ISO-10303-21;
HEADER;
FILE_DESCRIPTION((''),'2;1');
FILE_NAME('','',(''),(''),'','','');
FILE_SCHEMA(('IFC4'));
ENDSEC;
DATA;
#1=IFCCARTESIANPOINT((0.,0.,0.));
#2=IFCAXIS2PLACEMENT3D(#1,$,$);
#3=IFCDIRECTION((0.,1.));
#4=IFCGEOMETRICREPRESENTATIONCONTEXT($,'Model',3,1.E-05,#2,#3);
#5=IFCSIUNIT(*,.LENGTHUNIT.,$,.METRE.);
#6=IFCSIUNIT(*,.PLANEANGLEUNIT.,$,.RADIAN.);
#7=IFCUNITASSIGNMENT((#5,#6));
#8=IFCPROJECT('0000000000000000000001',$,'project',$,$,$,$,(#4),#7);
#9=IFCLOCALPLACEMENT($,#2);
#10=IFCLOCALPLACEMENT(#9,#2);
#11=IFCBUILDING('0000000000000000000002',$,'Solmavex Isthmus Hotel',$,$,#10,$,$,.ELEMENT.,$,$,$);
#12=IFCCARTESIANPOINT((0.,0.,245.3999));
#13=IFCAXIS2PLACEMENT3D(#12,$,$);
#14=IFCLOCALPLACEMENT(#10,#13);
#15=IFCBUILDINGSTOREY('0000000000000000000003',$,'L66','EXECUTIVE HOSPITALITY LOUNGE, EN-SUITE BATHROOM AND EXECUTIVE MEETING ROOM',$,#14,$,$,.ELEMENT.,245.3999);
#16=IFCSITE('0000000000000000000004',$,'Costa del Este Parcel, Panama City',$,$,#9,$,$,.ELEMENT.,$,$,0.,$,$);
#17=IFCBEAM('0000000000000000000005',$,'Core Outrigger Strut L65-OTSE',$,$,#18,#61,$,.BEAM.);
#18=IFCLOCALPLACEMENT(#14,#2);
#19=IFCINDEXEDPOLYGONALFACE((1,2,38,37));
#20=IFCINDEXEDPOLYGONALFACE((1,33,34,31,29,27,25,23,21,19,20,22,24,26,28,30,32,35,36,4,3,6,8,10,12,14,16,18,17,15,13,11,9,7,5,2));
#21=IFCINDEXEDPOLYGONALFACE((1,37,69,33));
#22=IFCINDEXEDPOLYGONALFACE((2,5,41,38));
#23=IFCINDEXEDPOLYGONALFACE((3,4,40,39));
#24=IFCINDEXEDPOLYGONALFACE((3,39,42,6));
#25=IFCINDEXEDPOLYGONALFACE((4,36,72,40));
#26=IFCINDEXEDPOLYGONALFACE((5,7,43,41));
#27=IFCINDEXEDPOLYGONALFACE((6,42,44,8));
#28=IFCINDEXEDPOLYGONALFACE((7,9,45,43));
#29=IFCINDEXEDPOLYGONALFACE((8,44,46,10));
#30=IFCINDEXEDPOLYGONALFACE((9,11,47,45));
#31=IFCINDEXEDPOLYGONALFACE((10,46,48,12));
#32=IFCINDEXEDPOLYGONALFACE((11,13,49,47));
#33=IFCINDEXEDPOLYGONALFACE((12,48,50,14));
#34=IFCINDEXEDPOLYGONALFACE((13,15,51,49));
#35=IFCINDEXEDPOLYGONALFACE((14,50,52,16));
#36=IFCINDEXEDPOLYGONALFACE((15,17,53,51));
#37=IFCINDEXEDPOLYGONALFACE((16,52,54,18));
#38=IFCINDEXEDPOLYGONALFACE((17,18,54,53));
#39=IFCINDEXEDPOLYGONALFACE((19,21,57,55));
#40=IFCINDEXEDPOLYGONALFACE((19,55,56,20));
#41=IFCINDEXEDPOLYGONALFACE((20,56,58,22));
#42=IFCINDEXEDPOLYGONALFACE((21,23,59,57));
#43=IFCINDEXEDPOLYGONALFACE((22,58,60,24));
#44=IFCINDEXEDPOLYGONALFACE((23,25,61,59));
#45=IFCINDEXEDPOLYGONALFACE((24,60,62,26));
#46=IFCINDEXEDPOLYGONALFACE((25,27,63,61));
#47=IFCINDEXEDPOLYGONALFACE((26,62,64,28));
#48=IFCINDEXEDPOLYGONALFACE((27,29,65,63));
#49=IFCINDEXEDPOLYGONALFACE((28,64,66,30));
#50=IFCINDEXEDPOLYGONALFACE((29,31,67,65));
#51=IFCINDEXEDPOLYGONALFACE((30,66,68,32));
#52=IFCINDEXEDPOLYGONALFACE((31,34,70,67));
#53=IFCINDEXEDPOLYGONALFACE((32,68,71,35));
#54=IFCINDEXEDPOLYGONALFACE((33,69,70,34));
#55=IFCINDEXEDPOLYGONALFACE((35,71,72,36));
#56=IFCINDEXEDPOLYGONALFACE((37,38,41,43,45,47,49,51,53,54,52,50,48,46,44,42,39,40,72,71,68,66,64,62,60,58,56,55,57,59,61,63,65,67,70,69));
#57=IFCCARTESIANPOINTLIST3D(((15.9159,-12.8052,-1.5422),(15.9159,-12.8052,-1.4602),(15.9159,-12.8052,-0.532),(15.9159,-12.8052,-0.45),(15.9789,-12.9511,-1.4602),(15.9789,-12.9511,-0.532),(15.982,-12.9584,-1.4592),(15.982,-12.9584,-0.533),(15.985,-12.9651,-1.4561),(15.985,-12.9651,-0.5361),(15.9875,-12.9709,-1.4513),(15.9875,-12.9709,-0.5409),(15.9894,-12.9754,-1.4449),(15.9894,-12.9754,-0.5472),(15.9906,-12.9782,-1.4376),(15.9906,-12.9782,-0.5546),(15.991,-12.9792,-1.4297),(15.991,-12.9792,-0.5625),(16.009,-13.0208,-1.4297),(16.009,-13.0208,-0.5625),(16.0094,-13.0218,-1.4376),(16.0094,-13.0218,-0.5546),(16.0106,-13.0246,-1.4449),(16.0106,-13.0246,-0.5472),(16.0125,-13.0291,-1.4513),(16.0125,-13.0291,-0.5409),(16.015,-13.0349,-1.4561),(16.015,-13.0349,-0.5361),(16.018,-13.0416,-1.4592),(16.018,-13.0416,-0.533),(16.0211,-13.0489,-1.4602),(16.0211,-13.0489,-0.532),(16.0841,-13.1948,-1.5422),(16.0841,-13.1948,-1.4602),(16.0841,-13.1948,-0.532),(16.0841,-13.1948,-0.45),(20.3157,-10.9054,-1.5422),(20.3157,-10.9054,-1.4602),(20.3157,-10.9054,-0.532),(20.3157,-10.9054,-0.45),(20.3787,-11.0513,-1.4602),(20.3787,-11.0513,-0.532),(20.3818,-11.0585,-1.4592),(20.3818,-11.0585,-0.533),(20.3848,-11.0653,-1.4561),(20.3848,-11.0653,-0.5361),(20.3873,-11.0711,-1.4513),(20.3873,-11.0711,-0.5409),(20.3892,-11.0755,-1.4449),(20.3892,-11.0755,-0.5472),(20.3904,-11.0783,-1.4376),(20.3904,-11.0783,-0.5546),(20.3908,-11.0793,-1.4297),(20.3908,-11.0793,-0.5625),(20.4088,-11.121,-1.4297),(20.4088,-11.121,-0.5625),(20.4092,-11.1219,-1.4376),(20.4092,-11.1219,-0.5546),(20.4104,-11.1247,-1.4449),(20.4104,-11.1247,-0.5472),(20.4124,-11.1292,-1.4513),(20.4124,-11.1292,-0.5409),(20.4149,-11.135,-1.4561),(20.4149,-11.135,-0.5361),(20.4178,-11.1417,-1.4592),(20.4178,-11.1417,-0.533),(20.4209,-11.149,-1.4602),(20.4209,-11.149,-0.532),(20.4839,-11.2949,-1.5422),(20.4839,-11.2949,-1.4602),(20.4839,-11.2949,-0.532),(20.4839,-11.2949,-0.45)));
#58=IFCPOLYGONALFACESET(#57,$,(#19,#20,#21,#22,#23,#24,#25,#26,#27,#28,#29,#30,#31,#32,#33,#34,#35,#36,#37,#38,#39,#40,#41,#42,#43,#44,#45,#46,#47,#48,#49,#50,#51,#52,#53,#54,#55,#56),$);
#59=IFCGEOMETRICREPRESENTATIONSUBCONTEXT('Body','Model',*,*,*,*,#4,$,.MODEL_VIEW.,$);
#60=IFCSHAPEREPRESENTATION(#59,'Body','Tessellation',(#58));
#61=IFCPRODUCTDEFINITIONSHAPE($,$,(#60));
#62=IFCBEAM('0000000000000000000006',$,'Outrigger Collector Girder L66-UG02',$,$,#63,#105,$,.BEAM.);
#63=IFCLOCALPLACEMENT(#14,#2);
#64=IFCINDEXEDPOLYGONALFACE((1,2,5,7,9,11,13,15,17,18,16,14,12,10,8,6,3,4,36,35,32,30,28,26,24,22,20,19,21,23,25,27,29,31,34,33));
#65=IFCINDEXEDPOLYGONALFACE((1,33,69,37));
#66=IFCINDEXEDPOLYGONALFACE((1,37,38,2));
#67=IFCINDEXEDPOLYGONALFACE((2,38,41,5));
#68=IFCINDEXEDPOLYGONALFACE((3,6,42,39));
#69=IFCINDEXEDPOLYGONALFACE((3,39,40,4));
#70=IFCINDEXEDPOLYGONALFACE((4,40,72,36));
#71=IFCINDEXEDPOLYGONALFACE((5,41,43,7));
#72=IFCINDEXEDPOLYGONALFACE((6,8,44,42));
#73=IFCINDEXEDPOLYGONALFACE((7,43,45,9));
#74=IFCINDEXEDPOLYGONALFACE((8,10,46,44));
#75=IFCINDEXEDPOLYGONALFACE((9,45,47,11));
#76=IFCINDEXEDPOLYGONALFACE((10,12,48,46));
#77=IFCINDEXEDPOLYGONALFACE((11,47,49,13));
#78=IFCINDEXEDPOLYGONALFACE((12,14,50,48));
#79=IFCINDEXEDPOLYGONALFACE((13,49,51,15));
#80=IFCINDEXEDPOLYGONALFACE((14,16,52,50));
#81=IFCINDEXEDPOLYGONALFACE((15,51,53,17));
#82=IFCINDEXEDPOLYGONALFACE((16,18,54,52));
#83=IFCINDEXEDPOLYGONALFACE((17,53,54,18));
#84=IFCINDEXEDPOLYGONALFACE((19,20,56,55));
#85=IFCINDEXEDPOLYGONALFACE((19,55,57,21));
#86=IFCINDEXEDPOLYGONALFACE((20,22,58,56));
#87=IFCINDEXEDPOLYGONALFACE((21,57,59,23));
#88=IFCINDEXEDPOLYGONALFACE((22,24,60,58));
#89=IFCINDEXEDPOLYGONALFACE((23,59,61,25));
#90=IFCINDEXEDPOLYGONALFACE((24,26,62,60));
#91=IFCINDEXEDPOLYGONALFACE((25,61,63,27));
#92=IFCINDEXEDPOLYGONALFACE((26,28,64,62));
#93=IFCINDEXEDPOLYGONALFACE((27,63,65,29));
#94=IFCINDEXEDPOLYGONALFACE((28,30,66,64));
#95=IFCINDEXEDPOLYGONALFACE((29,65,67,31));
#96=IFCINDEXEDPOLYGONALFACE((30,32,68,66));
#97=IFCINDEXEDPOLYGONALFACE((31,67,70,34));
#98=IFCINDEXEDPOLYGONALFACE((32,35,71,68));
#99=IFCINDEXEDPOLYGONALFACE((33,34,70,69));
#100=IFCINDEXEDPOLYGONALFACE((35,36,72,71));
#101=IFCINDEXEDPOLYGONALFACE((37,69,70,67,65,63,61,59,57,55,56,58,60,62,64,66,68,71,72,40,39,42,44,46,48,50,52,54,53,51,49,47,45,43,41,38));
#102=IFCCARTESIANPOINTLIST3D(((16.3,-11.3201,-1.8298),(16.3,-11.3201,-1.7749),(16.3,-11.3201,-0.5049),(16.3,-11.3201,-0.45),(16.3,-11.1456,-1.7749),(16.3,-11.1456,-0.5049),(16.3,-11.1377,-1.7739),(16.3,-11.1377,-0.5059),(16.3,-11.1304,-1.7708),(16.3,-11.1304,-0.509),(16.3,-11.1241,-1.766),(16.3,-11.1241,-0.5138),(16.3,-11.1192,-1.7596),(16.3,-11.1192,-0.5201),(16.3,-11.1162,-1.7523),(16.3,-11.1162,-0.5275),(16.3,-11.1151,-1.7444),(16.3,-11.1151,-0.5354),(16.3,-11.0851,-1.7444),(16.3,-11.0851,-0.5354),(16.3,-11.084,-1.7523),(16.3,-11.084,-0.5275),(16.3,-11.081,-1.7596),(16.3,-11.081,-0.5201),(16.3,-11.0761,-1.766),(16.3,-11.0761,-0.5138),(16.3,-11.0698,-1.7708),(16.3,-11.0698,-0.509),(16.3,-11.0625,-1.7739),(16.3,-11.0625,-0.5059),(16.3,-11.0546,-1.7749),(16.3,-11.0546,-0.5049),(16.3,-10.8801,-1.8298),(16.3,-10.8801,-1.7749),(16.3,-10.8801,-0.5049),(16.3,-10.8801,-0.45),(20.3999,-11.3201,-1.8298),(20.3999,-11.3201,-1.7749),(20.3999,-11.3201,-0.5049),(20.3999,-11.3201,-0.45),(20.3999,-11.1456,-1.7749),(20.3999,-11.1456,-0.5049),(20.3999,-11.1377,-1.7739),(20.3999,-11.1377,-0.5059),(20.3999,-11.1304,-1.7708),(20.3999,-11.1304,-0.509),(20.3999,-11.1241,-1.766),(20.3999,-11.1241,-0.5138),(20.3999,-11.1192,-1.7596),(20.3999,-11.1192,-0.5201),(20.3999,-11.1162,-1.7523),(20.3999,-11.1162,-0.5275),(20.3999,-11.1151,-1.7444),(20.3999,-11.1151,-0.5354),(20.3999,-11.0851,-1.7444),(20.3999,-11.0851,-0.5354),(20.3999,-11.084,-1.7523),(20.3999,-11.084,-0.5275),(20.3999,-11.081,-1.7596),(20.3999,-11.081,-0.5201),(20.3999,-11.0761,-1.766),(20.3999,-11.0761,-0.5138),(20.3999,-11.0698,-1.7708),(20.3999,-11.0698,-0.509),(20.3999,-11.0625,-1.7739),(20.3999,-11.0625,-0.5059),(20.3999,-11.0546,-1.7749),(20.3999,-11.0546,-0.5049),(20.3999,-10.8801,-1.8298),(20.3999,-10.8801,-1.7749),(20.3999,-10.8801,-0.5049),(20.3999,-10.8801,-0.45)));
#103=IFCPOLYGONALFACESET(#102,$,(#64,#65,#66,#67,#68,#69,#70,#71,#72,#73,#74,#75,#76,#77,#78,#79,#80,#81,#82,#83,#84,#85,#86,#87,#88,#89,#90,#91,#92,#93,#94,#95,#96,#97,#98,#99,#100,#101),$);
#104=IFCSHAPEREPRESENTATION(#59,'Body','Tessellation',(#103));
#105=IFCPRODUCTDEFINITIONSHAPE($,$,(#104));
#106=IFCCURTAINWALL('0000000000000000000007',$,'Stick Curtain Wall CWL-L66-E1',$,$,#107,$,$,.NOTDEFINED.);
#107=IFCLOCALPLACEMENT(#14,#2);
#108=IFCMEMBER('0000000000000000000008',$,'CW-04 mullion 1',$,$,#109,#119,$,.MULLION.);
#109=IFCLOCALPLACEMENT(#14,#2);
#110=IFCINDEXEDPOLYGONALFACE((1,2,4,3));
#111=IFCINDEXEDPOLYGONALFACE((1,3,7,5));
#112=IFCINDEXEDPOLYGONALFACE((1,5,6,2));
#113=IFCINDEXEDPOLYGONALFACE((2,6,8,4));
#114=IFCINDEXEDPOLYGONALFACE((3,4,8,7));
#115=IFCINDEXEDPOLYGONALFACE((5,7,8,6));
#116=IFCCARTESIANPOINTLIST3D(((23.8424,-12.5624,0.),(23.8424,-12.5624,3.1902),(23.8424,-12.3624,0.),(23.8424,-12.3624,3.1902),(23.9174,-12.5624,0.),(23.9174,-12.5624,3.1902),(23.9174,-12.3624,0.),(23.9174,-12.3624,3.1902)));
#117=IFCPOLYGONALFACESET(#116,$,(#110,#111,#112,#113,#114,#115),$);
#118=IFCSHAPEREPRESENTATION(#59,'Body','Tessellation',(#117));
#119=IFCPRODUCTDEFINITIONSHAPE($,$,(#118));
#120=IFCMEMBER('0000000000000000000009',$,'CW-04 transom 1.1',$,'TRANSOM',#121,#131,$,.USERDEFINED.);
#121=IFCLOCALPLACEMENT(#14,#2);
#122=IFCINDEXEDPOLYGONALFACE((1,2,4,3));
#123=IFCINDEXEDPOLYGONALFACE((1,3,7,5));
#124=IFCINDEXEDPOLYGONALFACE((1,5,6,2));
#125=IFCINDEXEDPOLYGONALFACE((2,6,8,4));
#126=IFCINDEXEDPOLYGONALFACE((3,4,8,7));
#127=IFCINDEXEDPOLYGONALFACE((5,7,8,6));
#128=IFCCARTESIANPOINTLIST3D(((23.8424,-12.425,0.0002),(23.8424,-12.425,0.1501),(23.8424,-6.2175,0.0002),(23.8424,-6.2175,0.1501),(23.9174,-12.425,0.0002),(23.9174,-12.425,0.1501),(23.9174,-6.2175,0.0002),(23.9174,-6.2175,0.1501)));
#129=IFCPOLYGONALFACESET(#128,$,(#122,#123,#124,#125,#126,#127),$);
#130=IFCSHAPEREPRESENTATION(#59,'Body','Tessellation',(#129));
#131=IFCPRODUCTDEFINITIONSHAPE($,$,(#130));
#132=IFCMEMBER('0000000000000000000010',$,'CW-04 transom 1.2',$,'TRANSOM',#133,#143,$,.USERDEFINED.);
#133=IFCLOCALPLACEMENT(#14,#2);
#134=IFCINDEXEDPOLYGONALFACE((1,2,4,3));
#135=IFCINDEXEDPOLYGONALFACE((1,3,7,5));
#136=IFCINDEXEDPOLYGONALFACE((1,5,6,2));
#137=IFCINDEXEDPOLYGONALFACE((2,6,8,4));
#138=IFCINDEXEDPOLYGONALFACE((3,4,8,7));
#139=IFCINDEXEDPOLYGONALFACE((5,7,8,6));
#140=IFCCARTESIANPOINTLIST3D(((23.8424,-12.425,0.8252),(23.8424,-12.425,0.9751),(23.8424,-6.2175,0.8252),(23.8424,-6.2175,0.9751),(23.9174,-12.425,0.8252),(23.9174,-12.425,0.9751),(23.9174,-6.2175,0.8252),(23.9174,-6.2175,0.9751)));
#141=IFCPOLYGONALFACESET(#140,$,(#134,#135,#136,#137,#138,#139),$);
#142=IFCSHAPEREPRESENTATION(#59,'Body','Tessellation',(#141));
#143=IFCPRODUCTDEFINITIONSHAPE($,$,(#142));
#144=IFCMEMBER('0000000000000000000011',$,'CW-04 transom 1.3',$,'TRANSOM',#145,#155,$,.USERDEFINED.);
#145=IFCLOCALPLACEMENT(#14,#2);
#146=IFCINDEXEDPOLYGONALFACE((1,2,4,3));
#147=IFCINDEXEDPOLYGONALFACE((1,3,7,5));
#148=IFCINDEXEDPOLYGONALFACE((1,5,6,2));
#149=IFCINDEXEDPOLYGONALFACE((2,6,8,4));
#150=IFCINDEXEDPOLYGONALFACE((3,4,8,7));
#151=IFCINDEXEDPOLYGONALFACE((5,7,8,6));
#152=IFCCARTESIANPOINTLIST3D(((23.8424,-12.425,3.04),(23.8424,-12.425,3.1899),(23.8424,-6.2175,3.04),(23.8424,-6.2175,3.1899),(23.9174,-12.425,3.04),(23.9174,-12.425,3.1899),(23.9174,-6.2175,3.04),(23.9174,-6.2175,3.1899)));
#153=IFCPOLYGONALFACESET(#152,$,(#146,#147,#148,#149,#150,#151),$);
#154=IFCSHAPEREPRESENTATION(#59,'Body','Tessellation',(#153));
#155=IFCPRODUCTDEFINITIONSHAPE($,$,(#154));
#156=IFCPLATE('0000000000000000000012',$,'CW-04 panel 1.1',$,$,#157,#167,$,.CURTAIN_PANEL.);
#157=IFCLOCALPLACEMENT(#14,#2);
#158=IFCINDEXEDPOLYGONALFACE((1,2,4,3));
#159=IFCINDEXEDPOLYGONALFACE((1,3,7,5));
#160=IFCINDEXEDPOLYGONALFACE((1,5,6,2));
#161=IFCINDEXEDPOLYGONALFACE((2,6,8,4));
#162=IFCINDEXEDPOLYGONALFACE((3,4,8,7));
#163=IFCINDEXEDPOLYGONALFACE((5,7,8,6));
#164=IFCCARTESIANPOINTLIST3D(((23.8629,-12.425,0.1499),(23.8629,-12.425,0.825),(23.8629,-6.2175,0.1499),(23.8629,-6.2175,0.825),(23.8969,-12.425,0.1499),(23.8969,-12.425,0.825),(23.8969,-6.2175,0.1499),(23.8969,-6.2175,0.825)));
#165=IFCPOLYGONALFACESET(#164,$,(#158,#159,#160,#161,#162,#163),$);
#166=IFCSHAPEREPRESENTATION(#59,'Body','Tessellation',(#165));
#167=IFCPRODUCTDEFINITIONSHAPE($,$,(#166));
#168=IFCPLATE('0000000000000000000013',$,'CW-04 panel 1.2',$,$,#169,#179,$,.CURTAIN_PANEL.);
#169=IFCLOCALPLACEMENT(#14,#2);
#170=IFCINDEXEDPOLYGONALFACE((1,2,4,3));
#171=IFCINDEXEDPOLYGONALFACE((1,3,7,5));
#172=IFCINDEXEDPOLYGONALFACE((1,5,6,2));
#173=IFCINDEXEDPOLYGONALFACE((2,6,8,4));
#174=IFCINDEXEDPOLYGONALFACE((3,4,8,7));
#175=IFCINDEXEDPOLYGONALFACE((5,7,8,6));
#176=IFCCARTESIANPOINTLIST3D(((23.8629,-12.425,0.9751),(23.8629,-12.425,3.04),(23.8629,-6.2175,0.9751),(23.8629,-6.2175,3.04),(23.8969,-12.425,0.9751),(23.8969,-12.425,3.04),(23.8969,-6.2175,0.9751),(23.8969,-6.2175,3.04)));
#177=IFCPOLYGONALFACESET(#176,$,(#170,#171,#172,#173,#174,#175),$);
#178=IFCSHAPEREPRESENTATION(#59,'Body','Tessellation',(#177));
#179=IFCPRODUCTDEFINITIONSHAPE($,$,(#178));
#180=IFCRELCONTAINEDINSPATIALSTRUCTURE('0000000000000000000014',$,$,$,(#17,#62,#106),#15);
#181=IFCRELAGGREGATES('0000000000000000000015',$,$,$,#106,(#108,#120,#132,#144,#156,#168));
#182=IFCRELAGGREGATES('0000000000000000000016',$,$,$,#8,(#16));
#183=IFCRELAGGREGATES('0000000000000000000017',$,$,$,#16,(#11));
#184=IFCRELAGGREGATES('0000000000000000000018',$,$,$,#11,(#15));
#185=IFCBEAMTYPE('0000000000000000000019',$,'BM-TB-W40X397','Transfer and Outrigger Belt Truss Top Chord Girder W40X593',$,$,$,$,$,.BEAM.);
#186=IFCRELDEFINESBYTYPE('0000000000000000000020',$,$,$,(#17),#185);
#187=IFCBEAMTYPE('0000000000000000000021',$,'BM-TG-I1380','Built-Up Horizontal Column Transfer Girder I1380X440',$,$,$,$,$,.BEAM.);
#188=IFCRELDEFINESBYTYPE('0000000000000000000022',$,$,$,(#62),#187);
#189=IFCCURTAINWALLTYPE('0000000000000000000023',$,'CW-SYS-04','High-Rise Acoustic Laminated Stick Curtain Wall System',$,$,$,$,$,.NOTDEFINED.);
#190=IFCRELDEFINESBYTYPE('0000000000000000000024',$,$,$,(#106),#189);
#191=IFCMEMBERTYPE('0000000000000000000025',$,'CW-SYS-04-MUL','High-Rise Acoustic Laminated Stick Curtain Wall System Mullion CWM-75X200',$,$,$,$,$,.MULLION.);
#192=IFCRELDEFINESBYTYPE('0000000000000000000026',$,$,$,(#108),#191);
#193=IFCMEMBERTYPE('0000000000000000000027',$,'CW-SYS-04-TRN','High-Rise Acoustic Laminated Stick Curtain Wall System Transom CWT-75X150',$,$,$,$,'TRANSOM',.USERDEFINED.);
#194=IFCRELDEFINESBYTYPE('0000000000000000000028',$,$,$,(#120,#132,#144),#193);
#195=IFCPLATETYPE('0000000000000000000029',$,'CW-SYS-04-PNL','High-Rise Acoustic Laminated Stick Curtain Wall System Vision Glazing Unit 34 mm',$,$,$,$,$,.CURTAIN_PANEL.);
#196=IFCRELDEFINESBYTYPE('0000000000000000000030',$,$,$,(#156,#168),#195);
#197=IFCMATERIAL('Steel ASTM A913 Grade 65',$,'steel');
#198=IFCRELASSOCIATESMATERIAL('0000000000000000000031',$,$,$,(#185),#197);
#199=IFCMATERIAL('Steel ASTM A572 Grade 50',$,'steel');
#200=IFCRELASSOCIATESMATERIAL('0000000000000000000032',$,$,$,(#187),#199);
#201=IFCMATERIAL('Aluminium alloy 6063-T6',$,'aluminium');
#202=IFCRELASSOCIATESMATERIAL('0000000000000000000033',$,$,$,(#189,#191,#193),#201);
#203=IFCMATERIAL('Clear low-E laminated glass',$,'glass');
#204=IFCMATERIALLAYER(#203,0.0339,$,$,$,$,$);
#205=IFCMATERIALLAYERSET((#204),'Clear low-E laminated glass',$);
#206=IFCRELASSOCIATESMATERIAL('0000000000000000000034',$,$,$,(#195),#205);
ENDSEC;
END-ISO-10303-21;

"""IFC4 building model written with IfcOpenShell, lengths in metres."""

from ifc_helpers import new_model, si_unit, direction, frame, origin, origin_2d, place, context, subcontext, project, spatial, rectangle, i_section, extrude, material, layer, layer_set, material_profile, profile_set, type_object, element, aggregate, save


model = new_model("IFC4")

# Units and contexts
model_context = context("Model", 3, precision=1e-05, world=origin(), true_north=direction((0.0, 1.0)))
body_context = subcontext(model_context, "Body", "Model", "MODEL_VIEW")
ifc_project = project(units=[si_unit("LENGTHUNIT", "METRE"), si_unit("PLANEANGLEUNIT", "RADIAN")], contexts=[model_context])

# Site, building, storey
site_placement = place(None, origin())
site = spatial("IfcSite", under=ifc_project, at=site_placement, Name="Costa del Este Parcel, Panama City", CompositionType="ELEMENT", RefElevation=0.0)
building_placement = place(site_placement, origin())
building = spatial("IfcBuilding", under=site, at=building_placement, Name="Solmavex Isthmus Hotel", CompositionType="ELEMENT")
storey_placement = place(building_placement, frame((0.0, 0.0, 245.3999)))
storey = spatial("IfcBuildingStorey", under=building, at=storey_placement, Name="L66", Description="EXECUTIVE HOSPITALITY LOUNGE, EN-SUITE BATHROOM AND EXECUTIVE MEETING ROOM", CompositionType="ELEMENT", Elevation=245.3999)

# Shared definitions
ifc_material_1 = material(Name="Steel ASTM A913 Grade 65", Category="steel")

# Beams
ifc_material_2 = material(Name="Steel ASTM A572 Grade 50", Category="steel")
ifc_material_profile_1 = material_profile(ifc_material_1, i_section(OverallWidth=0.4243, OverallDepth=1.0923, WebThickness=0.0454, FlangeThickness=0.082, FilletRadius=0.0305, at=origin_2d()), Name="W40X593")
ifc_profile_set_1 = profile_set([ifc_material_profile_1], Name="Steel ASTM A913 Grade 65")
beam_type_1 = type_object("IfcBeamType", Name="BM-TB-W40X397", Description="Transfer and Outrigger Belt Truss Top Chord Girder W40X593", PredefinedType="BEAM", material=ifc_profile_set_1)
beam_1_placement = place(storey_placement, frame((16.0, -13.0, -0.9961), z_axis=(0.918067, 0.396426, 0.0), x_axis=(-0.396426, 0.918067, 0.0)))
element("IfcBeam", 1, at=beam_1_placement, inside=storey, type_object=beam_type_1, Name="Core Outrigger Strut L65-OTSE", PredefinedType="BEAM", context=body_context, shape_type="SweptSolid", body=[
    extrude(i_section(OverallWidth=0.4243, OverallDepth=1.0923, WebThickness=0.0454, FlangeThickness=0.082, FilletRadius=0.0305, at=origin_2d()), origin(), (0.0, 0.0, 1.0), 4.7925),
])
ifc_material_profile_2 = material_profile(ifc_material_2, i_section(OverallWidth=0.4399, OverallDepth=1.3799, WebThickness=0.03, FlangeThickness=0.0549, FilletRadius=0.0305, at=origin_2d()), Name="I1380X440")
ifc_profile_set_2 = profile_set([ifc_material_profile_2], Name="Steel ASTM A572 Grade 50")
beam_type_2 = type_object("IfcBeamType", Name="BM-TG-I1380", Description="Built-Up Horizontal Column Transfer Girder I1380X440", PredefinedType="BEAM", material=ifc_profile_set_2)
beam_2_placement = place(storey_placement, frame((16.3, -11.1001, -1.1399), z_axis=(1.0, 0.0, 0.0), x_axis=(0.0, 1.0, 0.0)))
element("IfcBeam", 2, at=beam_2_placement, inside=storey, type_object=beam_type_2, Name="Outrigger Collector Girder L66-UG02", PredefinedType="BEAM", context=body_context, shape_type="SweptSolid", body=[
    extrude(i_section(OverallWidth=0.4399, OverallDepth=1.3799, WebThickness=0.03, FlangeThickness=0.0549, FilletRadius=0.0305, at=origin_2d()), origin(), (0.0, 0.0, 1.0), 4.0999),
])

# Curtain wall, members, plates
ifc_material_3 = material(Name="Aluminium alloy 6063-T6", Category="aluminium")
curtain_wall_type = type_object("IfcCurtainWallType", Name="CW-SYS-04", Description="High-Rise Acoustic Laminated Stick Curtain Wall System", PredefinedType="NOTDEFINED", material=ifc_material_3)
curtain_wall_placement = place(storey_placement, origin())
curtain_wall = element("IfcCurtainWall", 3, at=curtain_wall_placement, inside=storey, type_object=curtain_wall_type, Name="Stick Curtain Wall CWL-L66-E1", PredefinedType="NOTDEFINED")
ifc_material_profile_3 = material_profile(ifc_material_3, rectangle(XDim=0.075, YDim=0.2, at=origin_2d()), Name="CWM-75X200")
ifc_profile_set_3 = profile_set([ifc_material_profile_3], Name="Aluminium alloy 6063-T6")
member_type_1 = type_object("IfcMemberType", Name="CW-SYS-04-MUL", Description="High-Rise Acoustic Laminated Stick Curtain Wall System Mullion CWM-75X200", PredefinedType="MULLION", material=ifc_profile_set_3)
member_1_placement = place(storey_placement, frame((23.8799, -12.4624, 0.0), z_axis=(0.0, 0.0, 1.0), x_axis=(-1.0, 0.0, 0.0)))
member_1 = element("IfcMember", 4, at=member_1_placement, type_object=member_type_1, Name="CW-04 mullion 1", PredefinedType="MULLION", context=body_context, shape_type="SweptSolid", body=[
    extrude(rectangle(XDim=0.075, YDim=0.2, at=origin_2d()), origin(), (0.0, 0.0, 1.0), 3.1902),
])
ifc_material_profile_4 = material_profile(ifc_material_3, rectangle(XDim=0.075, YDim=0.1499, at=origin_2d()), Name="CWT-75X150")
ifc_profile_set_4 = profile_set([ifc_material_profile_4], Name="Aluminium alloy 6063-T6")
member_type_2 = type_object("IfcMemberType", Name="CW-SYS-04-TRN", Description="High-Rise Acoustic Laminated Stick Curtain Wall System Transom CWT-75X150", ElementType="TRANSOM", PredefinedType="USERDEFINED", material=ifc_profile_set_4)
member_2_placement = place(storey_placement, frame((23.8799, -12.425, 0.0752), z_axis=(0.0, 1.0, 0.0), x_axis=(-1.0, 0.0, 0.0)))
member_2 = element("IfcMember", 5, at=member_2_placement, type_object=member_type_2, Name="CW-04 transom 1.1", ObjectType="TRANSOM", PredefinedType="USERDEFINED", context=body_context, shape_type="SweptSolid", body=[
    extrude(rectangle(XDim=0.075, YDim=0.1499, at=origin_2d()), origin(), (0.0, 0.0, 1.0), 6.2075),
])
member_3_placement = place(storey_placement, frame((23.8799, -12.425, 0.9001), z_axis=(0.0, 1.0, 0.0), x_axis=(-1.0, 0.0, 0.0)))
member_3 = element("IfcMember", 6, at=member_3_placement, type_object=member_type_2, Name="CW-04 transom 1.2", ObjectType="TRANSOM", PredefinedType="USERDEFINED", context=body_context, shape_type="SweptSolid", body=[
    extrude(rectangle(XDim=0.075, YDim=0.1499, at=origin_2d()), origin(), (0.0, 0.0, 1.0), 6.2075),
])
member_4_placement = place(storey_placement, frame((23.8799, -12.425, 3.115), z_axis=(0.0, 1.0, 0.0), x_axis=(-1.0, 0.0, 0.0)))
member_4 = element("IfcMember", 7, at=member_4_placement, type_object=member_type_2, Name="CW-04 transom 1.3", ObjectType="TRANSOM", PredefinedType="USERDEFINED", context=body_context, shape_type="SweptSolid", body=[
    extrude(rectangle(XDim=0.075, YDim=0.1499, at=origin_2d()), origin(), (0.0, 0.0, 1.0), 6.2075),
])
ifc_material_4 = material(Name="Clear low-E laminated glass", Category="glass")
ifc_layer_1 = layer(ifc_material_4, 0.0339)
ifc_layer_set_1 = layer_set([ifc_layer_1], Name="Clear low-E laminated glass")
plate_type_1 = type_object("IfcPlateType", Name="CW-SYS-04-PNL", Description="High-Rise Acoustic Laminated Stick Curtain Wall System Vision Glazing Unit 34 mm", PredefinedType="CURTAIN_PANEL", material=ifc_layer_set_1)
plate_1_placement = place(storey_placement, frame((23.8799, -9.3213, 0.1499), z_axis=(0.0, 0.0, 1.0), x_axis=(0.0, 1.0, 0.0)))
plate_1 = element("IfcPlate", 8, at=plate_1_placement, type_object=plate_type_1, Name="CW-04 panel 1.1", PredefinedType="CURTAIN_PANEL", context=body_context, shape_type="SweptSolid", body=[
    extrude(rectangle(XDim=6.2075, YDim=0.0339, at=origin_2d()), origin(), (0.0, 0.0, 1.0), 0.675),
])
plate_2_placement = place(storey_placement, frame((23.8799, -9.3213, 0.9751), z_axis=(0.0, 0.0, 1.0), x_axis=(0.0, 1.0, 0.0)))
plate_2 = element("IfcPlate", 9, at=plate_2_placement, type_object=plate_type_1, Name="CW-04 panel 1.2", PredefinedType="CURTAIN_PANEL", context=body_context, shape_type="SweptSolid", body=[
    extrude(rectangle(XDim=6.2075, YDim=0.0339, at=origin_2d()), origin(), (0.0, 0.0, 1.0), 2.0649),
])
aggregate(curtain_wall, [member_1, member_2, member_3, member_4, plate_1, plate_2])

save(model, "model.ifc")
